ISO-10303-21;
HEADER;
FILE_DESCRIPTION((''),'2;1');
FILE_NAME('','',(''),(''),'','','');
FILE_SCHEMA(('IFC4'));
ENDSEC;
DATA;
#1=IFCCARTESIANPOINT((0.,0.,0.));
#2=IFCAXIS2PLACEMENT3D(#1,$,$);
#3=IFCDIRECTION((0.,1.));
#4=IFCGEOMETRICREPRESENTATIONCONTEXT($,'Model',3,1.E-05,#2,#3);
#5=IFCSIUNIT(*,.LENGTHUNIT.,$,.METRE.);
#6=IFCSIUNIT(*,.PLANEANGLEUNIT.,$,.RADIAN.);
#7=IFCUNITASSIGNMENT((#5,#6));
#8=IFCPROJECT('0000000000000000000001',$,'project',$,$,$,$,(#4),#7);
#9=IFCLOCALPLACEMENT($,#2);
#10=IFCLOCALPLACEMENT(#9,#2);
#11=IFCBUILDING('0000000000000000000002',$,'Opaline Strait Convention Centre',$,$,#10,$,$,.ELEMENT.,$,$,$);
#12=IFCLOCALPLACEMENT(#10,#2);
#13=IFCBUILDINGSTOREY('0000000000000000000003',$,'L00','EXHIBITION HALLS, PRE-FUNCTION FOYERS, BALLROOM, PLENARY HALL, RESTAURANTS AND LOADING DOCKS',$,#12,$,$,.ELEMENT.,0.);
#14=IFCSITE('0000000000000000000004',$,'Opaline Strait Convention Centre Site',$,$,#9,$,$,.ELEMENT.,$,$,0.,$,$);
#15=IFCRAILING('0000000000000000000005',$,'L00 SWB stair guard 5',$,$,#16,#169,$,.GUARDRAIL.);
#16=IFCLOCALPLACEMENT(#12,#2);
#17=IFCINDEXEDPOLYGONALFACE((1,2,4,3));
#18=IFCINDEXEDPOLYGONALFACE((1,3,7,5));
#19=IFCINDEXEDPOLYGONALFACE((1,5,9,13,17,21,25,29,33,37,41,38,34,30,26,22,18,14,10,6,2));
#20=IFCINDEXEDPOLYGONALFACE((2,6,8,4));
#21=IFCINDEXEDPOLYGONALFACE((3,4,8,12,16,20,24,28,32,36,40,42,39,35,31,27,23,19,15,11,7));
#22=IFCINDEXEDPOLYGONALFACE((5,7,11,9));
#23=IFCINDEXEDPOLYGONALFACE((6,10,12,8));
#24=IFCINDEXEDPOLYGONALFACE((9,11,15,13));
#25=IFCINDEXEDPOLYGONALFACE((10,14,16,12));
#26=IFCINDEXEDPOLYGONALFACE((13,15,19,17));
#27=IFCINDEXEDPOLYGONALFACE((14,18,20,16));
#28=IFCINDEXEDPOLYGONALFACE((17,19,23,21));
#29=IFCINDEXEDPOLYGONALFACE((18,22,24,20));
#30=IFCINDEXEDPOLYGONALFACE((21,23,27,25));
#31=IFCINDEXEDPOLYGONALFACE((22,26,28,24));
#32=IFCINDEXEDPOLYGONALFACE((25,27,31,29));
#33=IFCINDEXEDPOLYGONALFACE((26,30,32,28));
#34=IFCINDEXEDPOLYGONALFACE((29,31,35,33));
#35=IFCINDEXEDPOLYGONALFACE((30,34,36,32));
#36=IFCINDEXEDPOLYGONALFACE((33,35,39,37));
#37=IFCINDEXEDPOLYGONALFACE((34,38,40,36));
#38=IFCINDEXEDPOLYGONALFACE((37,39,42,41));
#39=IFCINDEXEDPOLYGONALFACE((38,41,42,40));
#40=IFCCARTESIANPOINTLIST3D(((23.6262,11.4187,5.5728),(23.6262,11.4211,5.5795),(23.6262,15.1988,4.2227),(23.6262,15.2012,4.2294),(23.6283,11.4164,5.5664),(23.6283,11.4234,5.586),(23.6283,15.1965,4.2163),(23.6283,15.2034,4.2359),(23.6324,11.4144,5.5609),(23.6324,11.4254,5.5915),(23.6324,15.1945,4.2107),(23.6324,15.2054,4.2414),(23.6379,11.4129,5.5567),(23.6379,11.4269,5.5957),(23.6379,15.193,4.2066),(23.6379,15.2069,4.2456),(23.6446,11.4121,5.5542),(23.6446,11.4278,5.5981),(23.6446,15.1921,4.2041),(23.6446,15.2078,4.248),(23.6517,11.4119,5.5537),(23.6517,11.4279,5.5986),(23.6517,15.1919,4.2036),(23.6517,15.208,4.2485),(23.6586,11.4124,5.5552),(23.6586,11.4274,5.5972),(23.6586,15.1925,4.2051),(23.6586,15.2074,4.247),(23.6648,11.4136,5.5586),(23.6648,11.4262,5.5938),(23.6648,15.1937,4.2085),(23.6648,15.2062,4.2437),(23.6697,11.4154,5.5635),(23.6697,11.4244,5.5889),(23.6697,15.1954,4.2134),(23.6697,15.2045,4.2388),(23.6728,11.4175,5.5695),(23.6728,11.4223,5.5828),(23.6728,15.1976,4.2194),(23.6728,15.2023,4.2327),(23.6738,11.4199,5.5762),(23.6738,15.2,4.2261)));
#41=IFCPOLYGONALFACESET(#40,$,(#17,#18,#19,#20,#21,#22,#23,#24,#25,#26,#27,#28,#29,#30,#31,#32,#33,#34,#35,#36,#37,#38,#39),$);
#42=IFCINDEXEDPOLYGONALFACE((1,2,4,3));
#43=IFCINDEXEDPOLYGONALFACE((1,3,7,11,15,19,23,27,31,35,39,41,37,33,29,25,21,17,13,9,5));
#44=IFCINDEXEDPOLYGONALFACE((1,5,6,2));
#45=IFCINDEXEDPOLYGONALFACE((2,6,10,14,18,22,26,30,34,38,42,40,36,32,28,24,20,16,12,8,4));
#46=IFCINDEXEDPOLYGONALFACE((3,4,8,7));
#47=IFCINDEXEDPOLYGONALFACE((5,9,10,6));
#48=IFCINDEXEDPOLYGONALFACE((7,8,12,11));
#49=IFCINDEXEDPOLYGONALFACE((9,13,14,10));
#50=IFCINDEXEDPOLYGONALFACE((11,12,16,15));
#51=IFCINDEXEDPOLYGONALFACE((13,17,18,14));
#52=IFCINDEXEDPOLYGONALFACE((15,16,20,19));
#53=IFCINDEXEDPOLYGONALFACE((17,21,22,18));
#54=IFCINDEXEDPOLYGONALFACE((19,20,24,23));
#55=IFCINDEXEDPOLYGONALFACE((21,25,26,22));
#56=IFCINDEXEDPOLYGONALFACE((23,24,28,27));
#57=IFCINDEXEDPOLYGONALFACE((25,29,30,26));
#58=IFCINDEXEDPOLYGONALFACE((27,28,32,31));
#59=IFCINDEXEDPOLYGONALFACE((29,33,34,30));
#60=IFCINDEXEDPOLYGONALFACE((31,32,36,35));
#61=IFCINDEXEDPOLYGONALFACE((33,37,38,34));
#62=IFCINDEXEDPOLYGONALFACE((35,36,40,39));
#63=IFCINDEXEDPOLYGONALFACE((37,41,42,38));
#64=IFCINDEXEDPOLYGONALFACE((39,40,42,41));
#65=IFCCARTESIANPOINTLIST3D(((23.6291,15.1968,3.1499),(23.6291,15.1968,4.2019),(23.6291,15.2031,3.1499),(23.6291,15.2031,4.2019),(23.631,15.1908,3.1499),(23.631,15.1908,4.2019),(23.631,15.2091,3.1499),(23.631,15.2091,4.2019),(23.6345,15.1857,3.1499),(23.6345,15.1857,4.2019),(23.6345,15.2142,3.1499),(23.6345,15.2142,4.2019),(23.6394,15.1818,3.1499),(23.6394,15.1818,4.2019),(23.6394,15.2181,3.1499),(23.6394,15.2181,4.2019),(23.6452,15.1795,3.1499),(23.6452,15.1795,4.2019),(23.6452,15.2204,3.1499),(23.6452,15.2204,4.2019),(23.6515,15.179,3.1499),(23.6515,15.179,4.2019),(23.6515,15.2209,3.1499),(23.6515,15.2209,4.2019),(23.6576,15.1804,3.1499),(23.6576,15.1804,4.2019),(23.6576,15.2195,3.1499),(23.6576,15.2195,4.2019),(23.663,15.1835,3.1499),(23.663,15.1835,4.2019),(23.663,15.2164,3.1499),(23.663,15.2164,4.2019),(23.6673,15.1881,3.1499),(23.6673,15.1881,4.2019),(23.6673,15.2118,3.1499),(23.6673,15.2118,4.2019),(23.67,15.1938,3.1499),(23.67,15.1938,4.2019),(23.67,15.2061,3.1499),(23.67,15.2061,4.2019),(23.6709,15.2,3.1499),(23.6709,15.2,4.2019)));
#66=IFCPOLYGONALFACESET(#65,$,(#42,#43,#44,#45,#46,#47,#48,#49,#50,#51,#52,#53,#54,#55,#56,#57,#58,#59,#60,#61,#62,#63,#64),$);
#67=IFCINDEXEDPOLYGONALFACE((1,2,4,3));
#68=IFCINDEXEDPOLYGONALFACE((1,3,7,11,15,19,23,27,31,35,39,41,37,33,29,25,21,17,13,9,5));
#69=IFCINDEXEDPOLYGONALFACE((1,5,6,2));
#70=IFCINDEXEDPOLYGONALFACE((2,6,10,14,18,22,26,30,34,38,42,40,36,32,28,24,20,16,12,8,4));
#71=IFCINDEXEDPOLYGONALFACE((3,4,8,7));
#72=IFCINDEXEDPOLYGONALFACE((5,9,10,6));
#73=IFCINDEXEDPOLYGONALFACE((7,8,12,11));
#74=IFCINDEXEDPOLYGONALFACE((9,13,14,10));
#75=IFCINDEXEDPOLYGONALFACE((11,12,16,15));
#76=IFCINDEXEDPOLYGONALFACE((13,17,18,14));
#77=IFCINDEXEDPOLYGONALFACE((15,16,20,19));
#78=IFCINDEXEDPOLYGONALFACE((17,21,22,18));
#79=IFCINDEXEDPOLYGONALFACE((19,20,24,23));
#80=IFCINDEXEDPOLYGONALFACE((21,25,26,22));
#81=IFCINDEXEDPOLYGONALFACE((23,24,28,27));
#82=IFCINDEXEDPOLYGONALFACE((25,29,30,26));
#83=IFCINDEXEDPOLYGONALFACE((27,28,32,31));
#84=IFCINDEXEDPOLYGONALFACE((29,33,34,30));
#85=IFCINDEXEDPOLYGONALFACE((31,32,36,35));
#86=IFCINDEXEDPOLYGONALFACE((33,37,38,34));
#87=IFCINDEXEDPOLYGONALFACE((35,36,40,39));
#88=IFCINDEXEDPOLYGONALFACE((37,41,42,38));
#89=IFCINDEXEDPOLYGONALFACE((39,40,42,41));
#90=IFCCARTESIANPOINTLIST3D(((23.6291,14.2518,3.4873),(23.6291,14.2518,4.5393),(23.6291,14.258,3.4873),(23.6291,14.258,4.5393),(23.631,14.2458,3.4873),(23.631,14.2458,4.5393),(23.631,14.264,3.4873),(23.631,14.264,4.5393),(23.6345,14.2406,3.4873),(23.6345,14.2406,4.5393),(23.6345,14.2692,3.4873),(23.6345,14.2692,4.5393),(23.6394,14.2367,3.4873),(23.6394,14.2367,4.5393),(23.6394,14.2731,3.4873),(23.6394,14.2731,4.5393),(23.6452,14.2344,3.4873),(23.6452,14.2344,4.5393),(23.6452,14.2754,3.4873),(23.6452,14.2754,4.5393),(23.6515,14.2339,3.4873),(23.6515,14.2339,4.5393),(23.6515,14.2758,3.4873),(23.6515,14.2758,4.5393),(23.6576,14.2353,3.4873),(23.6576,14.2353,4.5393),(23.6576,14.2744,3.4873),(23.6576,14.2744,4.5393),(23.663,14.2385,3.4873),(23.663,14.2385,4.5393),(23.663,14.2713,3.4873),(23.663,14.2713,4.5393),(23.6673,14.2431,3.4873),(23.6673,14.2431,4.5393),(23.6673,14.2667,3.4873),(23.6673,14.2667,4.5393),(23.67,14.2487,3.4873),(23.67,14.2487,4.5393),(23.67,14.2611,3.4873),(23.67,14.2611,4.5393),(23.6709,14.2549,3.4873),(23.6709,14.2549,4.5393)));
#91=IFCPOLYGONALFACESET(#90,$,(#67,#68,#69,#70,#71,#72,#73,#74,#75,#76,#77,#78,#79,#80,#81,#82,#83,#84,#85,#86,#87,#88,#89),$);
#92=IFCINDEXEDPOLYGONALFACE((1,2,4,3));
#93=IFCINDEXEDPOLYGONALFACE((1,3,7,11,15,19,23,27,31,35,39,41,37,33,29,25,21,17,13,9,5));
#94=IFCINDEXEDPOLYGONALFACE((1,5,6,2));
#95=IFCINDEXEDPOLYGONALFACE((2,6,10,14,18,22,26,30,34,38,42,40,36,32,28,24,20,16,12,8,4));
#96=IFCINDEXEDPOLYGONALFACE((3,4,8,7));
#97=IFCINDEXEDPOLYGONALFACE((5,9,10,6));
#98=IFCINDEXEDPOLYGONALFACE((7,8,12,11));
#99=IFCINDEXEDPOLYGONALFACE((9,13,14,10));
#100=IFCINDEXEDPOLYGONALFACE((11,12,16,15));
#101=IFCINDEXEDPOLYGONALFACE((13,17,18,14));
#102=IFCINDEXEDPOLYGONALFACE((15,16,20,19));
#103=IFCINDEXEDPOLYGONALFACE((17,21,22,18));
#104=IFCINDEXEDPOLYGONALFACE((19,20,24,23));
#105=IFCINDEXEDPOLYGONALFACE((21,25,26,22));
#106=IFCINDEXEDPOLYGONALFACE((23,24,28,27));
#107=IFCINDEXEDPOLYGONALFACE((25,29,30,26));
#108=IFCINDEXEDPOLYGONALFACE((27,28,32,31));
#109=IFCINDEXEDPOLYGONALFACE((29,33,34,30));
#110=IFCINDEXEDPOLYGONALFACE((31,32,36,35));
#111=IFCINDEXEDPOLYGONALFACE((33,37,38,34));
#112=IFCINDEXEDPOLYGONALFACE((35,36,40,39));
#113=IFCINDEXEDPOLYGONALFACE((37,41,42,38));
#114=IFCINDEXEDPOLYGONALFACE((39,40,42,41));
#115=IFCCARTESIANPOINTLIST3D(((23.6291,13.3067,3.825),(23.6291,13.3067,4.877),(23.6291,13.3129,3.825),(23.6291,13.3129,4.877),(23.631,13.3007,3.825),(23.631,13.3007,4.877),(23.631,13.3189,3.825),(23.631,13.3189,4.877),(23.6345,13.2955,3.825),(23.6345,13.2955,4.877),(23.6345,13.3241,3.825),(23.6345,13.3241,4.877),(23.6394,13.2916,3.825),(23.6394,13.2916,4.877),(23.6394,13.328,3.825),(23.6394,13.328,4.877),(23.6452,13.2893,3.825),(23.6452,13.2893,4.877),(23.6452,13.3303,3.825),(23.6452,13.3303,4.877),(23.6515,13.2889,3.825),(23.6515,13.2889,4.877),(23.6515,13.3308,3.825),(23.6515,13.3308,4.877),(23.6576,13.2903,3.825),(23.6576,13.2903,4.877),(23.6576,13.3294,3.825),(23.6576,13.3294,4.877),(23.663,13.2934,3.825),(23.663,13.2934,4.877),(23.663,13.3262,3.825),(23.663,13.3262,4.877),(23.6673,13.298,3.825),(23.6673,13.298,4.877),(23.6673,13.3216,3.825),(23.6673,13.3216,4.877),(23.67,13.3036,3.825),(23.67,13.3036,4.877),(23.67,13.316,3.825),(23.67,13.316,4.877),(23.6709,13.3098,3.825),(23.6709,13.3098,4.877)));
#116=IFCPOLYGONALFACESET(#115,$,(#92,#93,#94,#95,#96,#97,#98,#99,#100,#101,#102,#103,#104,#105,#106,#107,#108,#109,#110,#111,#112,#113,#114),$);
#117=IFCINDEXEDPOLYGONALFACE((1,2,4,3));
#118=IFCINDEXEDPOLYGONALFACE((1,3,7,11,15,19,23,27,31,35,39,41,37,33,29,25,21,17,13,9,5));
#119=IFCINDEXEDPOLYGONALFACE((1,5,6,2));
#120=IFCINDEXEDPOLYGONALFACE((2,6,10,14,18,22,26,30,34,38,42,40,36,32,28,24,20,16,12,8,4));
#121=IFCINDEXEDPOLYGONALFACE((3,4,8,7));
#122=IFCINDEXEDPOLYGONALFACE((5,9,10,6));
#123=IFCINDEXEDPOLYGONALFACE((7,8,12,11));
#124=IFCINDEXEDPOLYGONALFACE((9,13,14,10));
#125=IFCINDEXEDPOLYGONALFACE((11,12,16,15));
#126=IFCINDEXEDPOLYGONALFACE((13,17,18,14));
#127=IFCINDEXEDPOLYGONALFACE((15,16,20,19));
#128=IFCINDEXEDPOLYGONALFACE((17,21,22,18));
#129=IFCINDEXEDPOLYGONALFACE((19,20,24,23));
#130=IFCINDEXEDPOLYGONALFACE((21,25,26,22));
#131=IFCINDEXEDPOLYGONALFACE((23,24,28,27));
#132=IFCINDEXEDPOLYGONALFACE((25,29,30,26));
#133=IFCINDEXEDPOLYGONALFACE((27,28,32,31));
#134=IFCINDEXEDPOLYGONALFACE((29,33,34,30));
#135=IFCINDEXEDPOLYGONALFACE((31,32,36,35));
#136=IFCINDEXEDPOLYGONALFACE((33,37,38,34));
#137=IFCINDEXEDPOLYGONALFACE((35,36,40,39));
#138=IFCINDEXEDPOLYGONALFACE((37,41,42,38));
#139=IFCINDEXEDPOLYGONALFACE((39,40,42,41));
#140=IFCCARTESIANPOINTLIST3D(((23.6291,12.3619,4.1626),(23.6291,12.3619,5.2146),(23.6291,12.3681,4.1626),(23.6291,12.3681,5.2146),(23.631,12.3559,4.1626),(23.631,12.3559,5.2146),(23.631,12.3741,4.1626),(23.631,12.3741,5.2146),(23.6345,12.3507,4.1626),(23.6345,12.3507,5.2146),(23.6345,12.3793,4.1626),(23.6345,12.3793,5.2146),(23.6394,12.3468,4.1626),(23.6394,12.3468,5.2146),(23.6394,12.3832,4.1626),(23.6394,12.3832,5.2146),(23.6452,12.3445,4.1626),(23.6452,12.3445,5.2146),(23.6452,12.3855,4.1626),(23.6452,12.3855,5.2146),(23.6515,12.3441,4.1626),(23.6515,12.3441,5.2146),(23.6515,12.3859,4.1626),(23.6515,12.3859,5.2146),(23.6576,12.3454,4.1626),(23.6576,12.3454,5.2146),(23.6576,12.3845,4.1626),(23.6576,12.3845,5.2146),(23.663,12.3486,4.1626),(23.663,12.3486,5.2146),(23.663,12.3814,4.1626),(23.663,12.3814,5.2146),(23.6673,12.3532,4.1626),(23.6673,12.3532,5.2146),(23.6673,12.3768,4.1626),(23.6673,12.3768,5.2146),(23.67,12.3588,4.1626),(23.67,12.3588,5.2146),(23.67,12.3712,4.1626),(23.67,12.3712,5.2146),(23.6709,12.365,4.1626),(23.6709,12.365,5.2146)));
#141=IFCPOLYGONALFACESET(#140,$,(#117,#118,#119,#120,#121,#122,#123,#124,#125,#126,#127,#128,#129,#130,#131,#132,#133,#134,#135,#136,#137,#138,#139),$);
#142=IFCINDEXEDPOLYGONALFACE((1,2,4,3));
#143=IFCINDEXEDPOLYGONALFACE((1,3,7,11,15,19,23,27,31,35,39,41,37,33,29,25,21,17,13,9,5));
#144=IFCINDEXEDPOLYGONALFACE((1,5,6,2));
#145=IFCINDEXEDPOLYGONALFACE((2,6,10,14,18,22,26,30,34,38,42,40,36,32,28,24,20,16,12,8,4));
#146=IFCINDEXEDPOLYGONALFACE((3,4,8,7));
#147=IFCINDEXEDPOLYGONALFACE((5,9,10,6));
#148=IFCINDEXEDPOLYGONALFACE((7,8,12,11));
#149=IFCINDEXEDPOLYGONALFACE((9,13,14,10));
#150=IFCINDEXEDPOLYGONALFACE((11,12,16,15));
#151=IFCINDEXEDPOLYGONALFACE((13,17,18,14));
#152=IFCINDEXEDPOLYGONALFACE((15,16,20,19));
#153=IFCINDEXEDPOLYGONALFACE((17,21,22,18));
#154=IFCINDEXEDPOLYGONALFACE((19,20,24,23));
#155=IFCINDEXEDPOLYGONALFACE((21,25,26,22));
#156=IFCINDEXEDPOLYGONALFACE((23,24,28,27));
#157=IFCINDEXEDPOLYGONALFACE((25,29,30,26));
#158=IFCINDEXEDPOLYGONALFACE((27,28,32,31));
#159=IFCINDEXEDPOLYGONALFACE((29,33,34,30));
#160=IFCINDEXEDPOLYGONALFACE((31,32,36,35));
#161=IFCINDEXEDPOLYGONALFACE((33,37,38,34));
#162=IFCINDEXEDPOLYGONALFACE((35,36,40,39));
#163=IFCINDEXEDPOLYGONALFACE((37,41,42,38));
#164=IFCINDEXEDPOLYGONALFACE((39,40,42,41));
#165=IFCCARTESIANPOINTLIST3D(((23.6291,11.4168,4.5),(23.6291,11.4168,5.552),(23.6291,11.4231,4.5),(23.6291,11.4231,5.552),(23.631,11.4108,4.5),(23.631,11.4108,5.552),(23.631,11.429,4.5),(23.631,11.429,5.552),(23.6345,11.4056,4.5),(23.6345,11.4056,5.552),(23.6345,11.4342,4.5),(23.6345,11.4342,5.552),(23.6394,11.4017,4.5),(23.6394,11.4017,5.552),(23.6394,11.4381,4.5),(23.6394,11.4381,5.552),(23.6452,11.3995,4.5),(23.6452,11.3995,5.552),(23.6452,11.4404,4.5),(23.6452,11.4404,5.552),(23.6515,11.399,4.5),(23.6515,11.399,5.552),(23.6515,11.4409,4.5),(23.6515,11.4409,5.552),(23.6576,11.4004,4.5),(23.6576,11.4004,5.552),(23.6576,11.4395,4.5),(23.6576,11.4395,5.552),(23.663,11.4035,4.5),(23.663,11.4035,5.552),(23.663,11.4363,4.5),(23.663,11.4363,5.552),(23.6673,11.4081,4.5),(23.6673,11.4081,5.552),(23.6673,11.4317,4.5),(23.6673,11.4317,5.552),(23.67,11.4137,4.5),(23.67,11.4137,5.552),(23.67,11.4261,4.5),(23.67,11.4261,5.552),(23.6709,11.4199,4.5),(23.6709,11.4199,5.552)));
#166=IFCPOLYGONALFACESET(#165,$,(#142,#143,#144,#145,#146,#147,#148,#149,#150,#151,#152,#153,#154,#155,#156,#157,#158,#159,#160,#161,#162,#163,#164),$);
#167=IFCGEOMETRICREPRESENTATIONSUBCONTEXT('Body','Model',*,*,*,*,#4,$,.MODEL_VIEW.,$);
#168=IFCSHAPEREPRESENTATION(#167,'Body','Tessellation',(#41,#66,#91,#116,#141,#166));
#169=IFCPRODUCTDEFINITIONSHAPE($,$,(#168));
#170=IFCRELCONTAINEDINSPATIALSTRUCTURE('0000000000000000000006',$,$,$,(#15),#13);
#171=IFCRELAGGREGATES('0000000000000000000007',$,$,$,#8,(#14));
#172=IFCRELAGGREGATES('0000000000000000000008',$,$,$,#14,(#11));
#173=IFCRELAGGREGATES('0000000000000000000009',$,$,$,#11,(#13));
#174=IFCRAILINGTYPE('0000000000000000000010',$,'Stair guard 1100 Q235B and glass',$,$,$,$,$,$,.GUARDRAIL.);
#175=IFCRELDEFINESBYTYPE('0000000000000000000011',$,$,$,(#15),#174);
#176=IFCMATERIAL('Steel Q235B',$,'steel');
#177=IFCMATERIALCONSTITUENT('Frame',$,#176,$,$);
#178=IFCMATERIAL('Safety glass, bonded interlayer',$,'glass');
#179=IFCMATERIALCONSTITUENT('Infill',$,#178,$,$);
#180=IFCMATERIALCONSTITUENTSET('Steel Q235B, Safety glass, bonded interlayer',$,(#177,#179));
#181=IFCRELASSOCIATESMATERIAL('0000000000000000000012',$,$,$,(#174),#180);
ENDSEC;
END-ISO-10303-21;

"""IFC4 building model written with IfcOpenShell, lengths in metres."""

from ifc_helpers import new_model, si_unit, direction, frame, origin, origin_2d, place, context, subcontext, project, spatial, circle, extrude, material, constituent, constituent_set, type_object, element, save


model = new_model("IFC4")

# Units and contexts
model_context = context("Model", 3, precision=1e-05, world=origin(), true_north=direction((0.0, 1.0)))
body_context = subcontext(model_context, "Body", "Model", "MODEL_VIEW")
ifc_project = project(units=[si_unit("LENGTHUNIT", "METRE"), si_unit("PLANEANGLEUNIT", "RADIAN")], contexts=[model_context])

# Site, building, storey
site_placement = place(None, origin())
site = spatial("IfcSite", under=ifc_project, at=site_placement, Name="Opaline Strait Convention Centre Site", CompositionType="ELEMENT", RefElevation=0.0)
building_placement = place(site_placement, origin())
building = spatial("IfcBuilding", under=site, at=building_placement, Name="Opaline Strait Convention Centre", CompositionType="ELEMENT")
storey_placement = place(building_placement, origin())
storey = spatial("IfcBuildingStorey", under=building, at=storey_placement, Name="L00", Description="EXHIBITION HALLS, PRE-FUNCTION FOYERS, BALLROOM, PLENARY HALL, RESTAURANTS AND LOADING DOCKS", CompositionType="ELEMENT", Elevation=0.0)

# Railing
ifc_material_1 = material(Name="Steel Q235B", Category="steel")
ifc_constituent_1 = constituent(ifc_material_1, Name="Frame")
ifc_material_2 = material(Name="Safety glass, bonded interlayer", Category="glass")
ifc_constituent_2 = constituent(ifc_material_2, Name="Infill")
ifc_constituent_set = constituent_set(constituents=[ifc_constituent_1, ifc_constituent_2], Name="Steel Q235B, Safety glass, bonded interlayer")
railing_type_1 = type_object("IfcRailingType", Name="Stair guard 1100 Q235B and glass", PredefinedType="GUARDRAIL", material=ifc_constituent_set)
railing_1_placement = place(storey_placement, frame((23.6499, 15.2, 3.1499)))
element("IfcRailing", 1, at=railing_1_placement, inside=storey, type_object=railing_type_1, Name="L00 SWB stair guard 5", PredefinedType="GUARDRAIL", context=body_context, shape_type="SweptSolid", body=[
    extrude(circle(Radius=0.0239, at=origin_2d()), frame((0.0, 0.0, 1.0762), z_axis=(0.0, -0.941735, 0.336356), x_axis=(1.0, 0.0, 0.0)), (0.0, 0.0, 1.0), 4.0139),
    extrude(circle(Radius=0.021, at=origin_2d()), origin(), (0.0, 0.0, 1.0), 1.052),
    extrude(circle(Radius=0.021, at=origin_2d()), frame((0.0, -0.9451, 0.3374)), (0.0, 0.0, 1.0), 1.052),
    extrude(circle(Radius=0.021, at=origin_2d()), frame((0.0, -1.8901, 0.675)), (0.0, 0.0, 1.0), 1.052),
    extrude(circle(Radius=0.021, at=origin_2d()), frame((0.0, -2.835, 1.0127)), (0.0, 0.0, 1.0), 1.052),
    extrude(circle(Radius=0.021, at=origin_2d()), frame((0.0, -3.78, 1.3501)), (0.0, 0.0, 1.0), 1.052),
])

save(model, "model.ifc")
